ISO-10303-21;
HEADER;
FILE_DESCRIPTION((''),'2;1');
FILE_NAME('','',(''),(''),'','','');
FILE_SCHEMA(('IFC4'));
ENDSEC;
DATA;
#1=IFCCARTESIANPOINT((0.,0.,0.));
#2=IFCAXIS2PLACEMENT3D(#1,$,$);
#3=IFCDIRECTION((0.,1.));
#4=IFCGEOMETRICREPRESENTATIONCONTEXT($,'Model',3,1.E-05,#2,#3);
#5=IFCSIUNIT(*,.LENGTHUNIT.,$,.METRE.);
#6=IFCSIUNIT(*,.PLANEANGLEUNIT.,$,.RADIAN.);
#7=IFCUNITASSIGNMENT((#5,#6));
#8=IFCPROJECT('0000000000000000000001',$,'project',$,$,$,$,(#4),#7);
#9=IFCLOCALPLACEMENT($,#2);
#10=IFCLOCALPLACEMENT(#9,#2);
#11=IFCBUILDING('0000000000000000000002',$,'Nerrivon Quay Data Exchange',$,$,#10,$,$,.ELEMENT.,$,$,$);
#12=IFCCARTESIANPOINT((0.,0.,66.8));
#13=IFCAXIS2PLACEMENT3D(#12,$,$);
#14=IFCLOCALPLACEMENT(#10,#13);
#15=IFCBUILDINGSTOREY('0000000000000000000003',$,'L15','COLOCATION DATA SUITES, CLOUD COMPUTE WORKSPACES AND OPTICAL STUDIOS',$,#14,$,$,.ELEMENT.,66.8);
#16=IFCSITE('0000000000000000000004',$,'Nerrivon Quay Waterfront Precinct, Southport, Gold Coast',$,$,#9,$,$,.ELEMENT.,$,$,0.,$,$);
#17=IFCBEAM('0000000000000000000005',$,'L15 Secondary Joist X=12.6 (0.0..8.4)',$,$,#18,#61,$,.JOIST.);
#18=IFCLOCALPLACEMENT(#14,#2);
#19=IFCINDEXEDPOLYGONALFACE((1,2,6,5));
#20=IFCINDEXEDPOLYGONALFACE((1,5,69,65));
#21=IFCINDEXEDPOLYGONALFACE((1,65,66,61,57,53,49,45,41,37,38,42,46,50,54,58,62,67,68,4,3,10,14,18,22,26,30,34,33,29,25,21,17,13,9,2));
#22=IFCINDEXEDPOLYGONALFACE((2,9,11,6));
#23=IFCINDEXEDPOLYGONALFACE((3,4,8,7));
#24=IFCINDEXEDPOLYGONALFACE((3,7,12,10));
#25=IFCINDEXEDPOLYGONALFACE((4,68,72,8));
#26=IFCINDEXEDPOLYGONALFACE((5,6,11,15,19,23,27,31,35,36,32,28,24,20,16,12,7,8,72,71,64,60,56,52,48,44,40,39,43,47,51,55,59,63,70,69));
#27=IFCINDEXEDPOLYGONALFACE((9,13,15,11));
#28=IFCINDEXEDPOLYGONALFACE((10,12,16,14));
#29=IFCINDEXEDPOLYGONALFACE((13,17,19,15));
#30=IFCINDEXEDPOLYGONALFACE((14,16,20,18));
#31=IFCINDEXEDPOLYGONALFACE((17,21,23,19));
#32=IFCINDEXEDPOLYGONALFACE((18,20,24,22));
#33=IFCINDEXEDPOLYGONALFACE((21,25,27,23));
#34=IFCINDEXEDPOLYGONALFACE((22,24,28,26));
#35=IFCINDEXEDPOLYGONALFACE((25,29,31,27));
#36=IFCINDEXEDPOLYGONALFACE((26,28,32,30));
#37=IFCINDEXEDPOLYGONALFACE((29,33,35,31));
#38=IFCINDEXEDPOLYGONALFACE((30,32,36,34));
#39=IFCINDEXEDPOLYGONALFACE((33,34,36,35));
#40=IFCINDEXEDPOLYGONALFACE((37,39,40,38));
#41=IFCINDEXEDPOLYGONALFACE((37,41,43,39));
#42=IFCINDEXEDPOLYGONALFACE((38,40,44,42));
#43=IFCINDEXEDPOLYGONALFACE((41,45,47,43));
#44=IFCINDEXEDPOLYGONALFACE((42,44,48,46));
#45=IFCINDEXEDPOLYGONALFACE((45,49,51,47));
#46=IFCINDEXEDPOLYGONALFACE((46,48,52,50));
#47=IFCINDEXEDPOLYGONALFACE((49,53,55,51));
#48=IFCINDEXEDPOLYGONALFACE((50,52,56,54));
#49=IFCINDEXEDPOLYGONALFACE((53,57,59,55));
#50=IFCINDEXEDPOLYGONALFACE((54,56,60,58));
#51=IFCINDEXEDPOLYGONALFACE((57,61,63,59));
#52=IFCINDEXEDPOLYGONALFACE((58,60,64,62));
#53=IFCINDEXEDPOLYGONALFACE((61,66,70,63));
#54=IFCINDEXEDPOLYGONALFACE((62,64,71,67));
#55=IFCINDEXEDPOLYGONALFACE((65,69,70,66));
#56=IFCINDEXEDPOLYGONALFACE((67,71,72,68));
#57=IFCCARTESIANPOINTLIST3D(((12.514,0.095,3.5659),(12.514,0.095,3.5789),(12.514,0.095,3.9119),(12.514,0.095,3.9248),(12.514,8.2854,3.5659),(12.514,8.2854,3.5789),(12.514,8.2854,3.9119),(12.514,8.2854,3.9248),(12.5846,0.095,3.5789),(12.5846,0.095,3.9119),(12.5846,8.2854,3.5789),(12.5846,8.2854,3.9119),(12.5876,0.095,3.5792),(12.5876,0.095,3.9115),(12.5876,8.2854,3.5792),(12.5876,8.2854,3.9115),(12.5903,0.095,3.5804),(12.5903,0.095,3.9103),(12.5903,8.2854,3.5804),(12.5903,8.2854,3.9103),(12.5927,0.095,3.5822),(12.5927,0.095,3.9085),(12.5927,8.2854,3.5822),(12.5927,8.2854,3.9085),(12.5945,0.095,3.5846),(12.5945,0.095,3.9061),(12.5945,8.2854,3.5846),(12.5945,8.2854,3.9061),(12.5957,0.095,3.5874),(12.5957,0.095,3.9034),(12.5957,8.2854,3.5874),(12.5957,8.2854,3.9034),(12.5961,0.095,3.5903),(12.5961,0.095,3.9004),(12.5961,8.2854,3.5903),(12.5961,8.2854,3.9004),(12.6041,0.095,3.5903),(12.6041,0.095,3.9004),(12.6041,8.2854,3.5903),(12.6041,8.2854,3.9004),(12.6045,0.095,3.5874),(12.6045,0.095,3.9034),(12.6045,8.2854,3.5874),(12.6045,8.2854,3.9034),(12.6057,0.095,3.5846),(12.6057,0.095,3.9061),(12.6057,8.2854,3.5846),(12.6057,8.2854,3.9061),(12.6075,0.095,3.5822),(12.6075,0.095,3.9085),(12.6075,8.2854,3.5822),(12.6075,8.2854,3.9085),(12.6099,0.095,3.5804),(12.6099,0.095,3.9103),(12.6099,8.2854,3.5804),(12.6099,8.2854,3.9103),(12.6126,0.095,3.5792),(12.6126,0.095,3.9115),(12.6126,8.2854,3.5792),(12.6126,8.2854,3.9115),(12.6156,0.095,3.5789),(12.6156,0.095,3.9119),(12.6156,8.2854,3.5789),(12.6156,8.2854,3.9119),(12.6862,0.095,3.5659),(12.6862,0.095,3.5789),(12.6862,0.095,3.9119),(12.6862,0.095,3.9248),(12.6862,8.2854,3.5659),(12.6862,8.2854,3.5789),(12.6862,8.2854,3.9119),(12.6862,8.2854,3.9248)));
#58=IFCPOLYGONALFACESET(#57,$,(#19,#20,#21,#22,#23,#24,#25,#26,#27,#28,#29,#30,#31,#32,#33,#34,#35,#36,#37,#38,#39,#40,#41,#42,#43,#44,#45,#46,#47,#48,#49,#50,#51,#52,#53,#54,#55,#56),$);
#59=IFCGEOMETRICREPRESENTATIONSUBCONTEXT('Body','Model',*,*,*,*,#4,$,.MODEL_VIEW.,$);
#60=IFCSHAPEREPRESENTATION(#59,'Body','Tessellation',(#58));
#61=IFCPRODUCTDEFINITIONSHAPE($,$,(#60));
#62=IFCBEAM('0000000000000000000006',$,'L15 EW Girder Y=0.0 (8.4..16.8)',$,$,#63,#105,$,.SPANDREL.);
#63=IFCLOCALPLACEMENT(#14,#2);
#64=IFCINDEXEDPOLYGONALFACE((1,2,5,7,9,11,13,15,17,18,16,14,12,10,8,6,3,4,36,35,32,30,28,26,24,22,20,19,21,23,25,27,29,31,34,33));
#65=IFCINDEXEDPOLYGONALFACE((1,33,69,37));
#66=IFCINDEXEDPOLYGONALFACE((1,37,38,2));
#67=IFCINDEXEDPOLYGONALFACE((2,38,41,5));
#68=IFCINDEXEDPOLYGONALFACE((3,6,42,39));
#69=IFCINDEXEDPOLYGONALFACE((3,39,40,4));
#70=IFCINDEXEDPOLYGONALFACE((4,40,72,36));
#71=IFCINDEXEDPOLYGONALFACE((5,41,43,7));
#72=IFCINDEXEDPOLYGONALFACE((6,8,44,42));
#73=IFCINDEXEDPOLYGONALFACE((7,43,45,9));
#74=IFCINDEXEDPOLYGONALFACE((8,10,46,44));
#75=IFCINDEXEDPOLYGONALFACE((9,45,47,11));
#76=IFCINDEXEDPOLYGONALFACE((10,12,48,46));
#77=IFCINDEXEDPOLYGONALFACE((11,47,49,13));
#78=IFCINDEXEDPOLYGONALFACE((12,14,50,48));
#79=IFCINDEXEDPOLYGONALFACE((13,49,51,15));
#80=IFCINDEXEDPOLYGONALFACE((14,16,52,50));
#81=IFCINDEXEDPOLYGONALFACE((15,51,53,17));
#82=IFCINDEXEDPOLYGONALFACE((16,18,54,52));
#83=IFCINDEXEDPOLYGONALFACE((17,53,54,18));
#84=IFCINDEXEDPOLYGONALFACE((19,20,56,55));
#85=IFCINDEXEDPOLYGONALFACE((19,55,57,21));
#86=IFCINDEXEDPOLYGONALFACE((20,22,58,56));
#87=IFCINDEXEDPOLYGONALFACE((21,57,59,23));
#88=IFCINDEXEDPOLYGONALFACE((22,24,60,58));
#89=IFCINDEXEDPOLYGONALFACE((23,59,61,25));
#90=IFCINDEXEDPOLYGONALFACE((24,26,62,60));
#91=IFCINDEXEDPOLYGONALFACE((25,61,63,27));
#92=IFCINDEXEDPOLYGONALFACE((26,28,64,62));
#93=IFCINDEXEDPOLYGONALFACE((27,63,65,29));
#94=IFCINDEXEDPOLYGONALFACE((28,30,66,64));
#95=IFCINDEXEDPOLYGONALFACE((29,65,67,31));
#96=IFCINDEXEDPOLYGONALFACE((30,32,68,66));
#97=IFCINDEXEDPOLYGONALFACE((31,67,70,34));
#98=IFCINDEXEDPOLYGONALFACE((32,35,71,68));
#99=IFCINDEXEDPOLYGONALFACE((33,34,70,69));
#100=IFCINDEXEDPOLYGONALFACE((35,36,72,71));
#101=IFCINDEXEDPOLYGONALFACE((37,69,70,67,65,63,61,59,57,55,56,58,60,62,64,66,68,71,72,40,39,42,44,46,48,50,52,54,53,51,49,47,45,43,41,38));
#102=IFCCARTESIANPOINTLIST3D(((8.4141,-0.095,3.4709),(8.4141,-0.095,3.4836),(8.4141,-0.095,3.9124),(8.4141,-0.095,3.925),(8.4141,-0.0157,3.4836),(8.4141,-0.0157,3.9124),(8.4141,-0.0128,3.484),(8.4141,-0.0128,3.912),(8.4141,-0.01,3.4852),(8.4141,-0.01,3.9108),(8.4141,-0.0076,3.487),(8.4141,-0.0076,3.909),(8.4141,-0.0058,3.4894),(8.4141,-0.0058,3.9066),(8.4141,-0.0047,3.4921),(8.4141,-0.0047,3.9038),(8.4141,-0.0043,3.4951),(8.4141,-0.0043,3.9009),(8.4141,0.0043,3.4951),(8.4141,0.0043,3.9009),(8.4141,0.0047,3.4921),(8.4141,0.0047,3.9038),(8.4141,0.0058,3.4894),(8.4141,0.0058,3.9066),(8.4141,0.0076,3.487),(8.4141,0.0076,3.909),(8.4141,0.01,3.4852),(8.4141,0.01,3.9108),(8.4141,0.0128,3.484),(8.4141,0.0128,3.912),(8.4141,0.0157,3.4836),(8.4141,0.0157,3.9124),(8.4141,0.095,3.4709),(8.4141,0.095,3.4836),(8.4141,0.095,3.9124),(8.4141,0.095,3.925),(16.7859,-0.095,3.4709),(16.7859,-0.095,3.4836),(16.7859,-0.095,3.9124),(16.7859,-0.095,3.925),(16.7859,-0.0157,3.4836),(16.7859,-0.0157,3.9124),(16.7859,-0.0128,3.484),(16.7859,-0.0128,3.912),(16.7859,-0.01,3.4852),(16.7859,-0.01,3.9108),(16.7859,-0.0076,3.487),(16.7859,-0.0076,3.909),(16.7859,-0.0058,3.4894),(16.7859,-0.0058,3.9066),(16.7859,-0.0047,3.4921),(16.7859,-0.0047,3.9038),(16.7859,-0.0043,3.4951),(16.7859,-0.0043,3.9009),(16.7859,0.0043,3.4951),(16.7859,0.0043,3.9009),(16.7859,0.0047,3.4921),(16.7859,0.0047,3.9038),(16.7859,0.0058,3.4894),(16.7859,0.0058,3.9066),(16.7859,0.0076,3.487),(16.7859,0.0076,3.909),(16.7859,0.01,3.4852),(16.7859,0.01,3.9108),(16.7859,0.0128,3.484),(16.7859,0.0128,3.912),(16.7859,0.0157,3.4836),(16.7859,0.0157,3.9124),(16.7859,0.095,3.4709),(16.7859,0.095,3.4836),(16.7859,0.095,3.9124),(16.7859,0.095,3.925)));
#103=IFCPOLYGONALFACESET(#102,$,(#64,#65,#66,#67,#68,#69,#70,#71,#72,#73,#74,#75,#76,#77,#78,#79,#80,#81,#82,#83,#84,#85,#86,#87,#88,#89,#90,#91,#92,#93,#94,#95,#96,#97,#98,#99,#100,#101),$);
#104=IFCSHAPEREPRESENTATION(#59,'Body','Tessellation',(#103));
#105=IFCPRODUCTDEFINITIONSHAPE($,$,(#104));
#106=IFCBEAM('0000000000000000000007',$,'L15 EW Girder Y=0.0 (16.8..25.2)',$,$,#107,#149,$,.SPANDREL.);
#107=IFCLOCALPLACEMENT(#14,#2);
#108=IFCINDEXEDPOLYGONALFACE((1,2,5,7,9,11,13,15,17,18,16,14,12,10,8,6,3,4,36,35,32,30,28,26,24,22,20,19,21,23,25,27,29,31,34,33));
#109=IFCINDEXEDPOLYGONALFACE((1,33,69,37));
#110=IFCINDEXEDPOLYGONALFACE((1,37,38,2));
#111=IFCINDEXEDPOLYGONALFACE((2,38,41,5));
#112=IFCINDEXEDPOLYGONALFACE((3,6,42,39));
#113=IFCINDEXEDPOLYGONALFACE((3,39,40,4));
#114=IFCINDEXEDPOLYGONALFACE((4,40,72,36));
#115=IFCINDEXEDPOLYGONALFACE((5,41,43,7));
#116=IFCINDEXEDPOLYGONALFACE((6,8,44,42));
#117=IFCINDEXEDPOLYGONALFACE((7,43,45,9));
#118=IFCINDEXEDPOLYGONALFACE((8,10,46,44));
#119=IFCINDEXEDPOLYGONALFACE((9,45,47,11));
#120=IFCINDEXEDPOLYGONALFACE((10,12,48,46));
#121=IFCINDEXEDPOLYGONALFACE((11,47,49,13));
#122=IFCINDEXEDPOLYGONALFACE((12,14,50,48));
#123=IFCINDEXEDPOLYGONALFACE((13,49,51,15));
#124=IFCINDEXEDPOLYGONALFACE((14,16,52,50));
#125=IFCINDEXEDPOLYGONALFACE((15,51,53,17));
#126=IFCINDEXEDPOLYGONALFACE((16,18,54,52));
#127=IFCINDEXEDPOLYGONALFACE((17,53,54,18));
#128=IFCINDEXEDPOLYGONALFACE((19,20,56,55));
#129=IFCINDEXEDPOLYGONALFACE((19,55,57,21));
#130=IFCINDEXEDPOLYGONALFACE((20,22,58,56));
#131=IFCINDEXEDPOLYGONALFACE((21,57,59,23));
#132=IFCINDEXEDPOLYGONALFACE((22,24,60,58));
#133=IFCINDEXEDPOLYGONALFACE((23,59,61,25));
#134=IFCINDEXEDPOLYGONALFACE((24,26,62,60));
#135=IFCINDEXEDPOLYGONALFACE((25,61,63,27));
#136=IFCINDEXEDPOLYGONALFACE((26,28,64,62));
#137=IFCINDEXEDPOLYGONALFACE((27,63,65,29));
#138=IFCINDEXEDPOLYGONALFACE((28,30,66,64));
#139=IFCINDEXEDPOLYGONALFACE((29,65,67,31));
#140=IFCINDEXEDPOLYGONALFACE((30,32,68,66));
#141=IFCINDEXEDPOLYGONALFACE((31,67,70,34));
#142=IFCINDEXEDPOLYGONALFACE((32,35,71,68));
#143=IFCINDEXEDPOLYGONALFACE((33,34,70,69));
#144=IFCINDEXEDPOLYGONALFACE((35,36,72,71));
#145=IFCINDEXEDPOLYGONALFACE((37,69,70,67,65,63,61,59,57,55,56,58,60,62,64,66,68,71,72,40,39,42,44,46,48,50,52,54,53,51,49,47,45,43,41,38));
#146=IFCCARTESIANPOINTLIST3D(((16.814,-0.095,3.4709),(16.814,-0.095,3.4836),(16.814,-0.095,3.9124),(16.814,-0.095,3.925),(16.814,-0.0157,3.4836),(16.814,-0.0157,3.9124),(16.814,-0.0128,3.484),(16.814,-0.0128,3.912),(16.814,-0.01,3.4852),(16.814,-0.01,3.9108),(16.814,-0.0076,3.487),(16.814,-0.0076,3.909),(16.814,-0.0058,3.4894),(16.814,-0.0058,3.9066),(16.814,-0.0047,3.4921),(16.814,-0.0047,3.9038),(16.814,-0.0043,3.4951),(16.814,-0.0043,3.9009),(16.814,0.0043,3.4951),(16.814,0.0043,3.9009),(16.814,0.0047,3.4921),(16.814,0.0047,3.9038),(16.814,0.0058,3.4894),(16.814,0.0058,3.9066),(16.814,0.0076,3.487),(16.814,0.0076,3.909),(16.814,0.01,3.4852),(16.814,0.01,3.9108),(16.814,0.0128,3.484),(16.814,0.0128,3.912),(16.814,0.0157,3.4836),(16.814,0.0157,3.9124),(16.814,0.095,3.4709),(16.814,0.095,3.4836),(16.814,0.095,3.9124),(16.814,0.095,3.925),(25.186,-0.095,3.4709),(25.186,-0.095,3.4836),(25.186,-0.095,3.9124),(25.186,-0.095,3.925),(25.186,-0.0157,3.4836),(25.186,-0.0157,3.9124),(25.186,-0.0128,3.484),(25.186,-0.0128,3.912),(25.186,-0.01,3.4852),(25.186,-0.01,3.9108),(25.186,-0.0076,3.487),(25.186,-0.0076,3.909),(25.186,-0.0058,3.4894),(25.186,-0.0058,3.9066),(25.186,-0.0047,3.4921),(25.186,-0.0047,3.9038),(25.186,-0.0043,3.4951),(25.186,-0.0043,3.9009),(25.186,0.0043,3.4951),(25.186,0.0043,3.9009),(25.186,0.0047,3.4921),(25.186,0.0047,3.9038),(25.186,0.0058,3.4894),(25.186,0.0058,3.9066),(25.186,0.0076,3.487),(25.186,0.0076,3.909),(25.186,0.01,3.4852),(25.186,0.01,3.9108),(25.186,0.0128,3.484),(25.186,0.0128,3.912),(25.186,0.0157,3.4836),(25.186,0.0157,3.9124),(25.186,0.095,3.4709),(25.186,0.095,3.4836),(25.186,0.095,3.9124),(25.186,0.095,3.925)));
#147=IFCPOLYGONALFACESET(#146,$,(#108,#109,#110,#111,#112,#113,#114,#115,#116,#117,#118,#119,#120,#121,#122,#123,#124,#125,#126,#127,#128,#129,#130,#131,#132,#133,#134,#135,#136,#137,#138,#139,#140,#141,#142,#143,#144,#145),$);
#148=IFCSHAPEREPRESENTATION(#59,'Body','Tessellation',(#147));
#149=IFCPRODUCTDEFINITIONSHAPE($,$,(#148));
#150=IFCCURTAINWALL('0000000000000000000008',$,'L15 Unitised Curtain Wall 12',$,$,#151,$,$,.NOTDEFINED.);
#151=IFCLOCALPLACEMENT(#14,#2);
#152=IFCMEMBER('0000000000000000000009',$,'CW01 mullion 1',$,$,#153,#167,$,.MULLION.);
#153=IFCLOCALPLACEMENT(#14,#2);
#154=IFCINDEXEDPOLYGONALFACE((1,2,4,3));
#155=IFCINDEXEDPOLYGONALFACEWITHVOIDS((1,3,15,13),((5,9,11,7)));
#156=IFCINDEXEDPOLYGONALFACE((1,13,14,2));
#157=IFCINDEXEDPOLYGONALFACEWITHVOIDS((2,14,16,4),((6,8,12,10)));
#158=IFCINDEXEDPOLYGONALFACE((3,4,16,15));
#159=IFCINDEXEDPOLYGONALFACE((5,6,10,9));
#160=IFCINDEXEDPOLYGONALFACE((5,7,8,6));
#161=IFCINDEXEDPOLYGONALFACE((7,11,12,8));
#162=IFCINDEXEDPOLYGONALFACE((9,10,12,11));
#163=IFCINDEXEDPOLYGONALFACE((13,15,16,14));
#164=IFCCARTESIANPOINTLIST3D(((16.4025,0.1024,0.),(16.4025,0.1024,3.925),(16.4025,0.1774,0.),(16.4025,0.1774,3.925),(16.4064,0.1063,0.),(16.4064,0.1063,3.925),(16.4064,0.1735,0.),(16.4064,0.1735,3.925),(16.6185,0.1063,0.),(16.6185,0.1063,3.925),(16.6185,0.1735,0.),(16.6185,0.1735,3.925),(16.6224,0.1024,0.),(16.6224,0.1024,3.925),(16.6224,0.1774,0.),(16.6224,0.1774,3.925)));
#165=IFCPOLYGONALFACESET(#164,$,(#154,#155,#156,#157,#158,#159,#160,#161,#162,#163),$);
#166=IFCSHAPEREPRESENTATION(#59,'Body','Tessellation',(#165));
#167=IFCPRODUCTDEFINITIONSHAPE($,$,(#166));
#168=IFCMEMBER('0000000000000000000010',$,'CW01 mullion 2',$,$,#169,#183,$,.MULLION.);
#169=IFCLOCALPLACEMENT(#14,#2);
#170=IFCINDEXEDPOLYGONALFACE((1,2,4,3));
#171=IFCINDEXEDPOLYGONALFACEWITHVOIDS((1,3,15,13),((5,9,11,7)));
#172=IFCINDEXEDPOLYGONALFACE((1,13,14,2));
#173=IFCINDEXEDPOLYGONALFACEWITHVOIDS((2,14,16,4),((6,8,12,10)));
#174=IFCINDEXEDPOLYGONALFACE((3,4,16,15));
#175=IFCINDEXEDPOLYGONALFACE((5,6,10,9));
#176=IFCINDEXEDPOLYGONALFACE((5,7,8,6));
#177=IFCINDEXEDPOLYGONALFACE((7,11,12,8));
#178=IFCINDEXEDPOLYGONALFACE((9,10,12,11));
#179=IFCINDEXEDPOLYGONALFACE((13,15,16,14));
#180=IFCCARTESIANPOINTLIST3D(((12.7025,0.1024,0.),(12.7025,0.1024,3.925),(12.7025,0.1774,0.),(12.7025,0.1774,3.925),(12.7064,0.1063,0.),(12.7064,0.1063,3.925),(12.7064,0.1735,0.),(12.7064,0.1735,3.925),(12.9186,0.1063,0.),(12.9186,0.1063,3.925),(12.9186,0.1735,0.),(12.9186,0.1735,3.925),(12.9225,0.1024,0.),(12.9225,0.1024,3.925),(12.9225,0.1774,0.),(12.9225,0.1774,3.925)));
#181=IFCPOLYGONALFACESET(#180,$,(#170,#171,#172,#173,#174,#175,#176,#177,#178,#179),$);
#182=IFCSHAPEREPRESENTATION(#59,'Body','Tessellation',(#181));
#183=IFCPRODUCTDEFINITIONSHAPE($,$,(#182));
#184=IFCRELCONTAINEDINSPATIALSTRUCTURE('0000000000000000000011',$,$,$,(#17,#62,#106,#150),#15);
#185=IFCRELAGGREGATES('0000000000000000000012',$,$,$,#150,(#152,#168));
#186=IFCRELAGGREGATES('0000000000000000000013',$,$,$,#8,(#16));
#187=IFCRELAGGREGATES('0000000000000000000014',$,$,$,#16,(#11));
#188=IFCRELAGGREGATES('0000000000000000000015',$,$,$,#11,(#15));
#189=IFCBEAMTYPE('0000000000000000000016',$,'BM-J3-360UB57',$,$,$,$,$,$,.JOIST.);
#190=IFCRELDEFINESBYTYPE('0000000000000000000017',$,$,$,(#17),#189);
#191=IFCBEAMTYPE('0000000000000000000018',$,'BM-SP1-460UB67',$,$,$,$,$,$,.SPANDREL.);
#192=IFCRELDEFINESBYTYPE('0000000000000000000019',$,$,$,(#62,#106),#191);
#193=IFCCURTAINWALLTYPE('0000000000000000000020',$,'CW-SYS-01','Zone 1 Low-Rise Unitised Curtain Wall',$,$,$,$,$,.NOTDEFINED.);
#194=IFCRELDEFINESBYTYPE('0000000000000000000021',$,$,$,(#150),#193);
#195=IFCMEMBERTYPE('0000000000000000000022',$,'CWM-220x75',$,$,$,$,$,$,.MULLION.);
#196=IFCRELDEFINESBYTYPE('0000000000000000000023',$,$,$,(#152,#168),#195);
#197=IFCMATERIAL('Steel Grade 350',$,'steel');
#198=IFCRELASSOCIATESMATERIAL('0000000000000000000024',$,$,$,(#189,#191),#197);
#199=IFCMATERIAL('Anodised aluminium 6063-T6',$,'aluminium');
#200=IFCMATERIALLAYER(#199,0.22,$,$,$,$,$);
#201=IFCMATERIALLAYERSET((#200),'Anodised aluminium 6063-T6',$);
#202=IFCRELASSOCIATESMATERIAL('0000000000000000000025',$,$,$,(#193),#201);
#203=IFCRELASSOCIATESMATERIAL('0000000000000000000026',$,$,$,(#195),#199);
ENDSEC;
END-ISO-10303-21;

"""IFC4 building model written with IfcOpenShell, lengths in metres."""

from ifc_helpers import new_model, si_unit, direction, frame, origin, origin_2d, place, context, subcontext, project, spatial, hollow_rectangle, i_section, extrude, material, layer, layer_set, material_profile, profile_set, type_object, element, aggregate, save


model = new_model("IFC4")

# Units and contexts
model_context = context("Model", 3, precision=1e-05, world=origin(), true_north=direction((0.0, 1.0)))
body_context = subcontext(model_context, "Body", "Model", "MODEL_VIEW")
ifc_project = project(units=[si_unit("LENGTHUNIT", "METRE"), si_unit("PLANEANGLEUNIT", "RADIAN")], contexts=[model_context])

# Site, building, storey
site_placement = place(None, origin())
site = spatial("IfcSite", under=ifc_project, at=site_placement, Name="Nerrivon Quay Waterfront Precinct, Southport, Gold Coast", CompositionType="ELEMENT", RefElevation=0.0)
building_placement = place(site_placement, origin())
building = spatial("IfcBuilding", under=site, at=building_placement, Name="Nerrivon Quay Data Exchange", CompositionType="ELEMENT")
storey_placement = place(building_placement, frame((0.0, 0.0, 66.8)))
storey = spatial("IfcBuildingStorey", under=building, at=storey_placement, Name="L15", Description="COLOCATION DATA SUITES, CLOUD COMPUTE WORKSPACES AND OPTICAL STUDIOS", CompositionType="ELEMENT", Elevation=66.8)

# Shared definitions
ifc_material_1 = material(Name="Steel Grade 350", Category="steel")

# Beams
ifc_material_profile_1 = material_profile(ifc_material_1, i_section(OverallWidth=0.1721, OverallDepth=0.3589, WebThickness=0.0081, FlangeThickness=0.0129, FilletRadius=0.0115, at=origin_2d()), Name="360UB56.7")
ifc_profile_set_1 = profile_set([ifc_material_profile_1], Name="Steel Grade 350")
beam_type_1 = type_object("IfcBeamType", Name="BM-J3-360UB57", PredefinedType="JOIST", material=ifc_profile_set_1)
beam_1_placement = place(storey_placement, frame((12.6001, 0.095, 3.7454), z_axis=(0.0, 1.0, 0.0), x_axis=(-1.0, 0.0, 0.0)))
element("IfcBeam", 1, at=beam_1_placement, inside=storey, type_object=beam_type_1, Name="L15 Secondary Joist X=12.6 (0.0..8.4)", PredefinedType="JOIST", context=body_context, shape_type="SweptSolid", body=[
    extrude(i_section(OverallWidth=0.1721, OverallDepth=0.3589, WebThickness=0.0081, FlangeThickness=0.0129, FilletRadius=0.0115, at=origin_2d()), origin(), (0.0, 0.0, 1.0), 8.1904),
])
ifc_material_profile_2 = material_profile(ifc_material_1, i_section(OverallWidth=0.1899, OverallDepth=0.4541, WebThickness=0.0085, FlangeThickness=0.0127, FilletRadius=0.0115, at=origin_2d()), Name="460UB67.1")
ifc_profile_set_2 = profile_set([ifc_material_profile_2], Name="Steel Grade 350")
beam_type_2 = type_object("IfcBeamType", Name="BM-SP1-460UB67", PredefinedType="SPANDREL", material=ifc_profile_set_2)
beam_2_placement = place(storey_placement, frame((8.4141, 0.0, 3.698), z_axis=(1.0, 0.0, 0.0), x_axis=(0.0, 1.0, 0.0)))
element("IfcBeam", 2, at=beam_2_placement, inside=storey, type_object=beam_type_2, Name="L15 EW Girder Y=0.0 (8.4..16.8)", PredefinedType="SPANDREL", context=body_context, shape_type="SweptSolid", body=[
    extrude(i_section(OverallWidth=0.1899, OverallDepth=0.4541, WebThickness=0.0085, FlangeThickness=0.0127, FilletRadius=0.0115, at=origin_2d()), origin(), (0.0, 0.0, 1.0), 8.3718),
])
beam_3_placement = place(storey_placement, frame((16.814, 0.0, 3.698), z_axis=(1.0, 0.0, 0.0), x_axis=(0.0, 1.0, 0.0)))
element("IfcBeam", 3, at=beam_3_placement, inside=storey, type_object=beam_type_2, Name="L15 EW Girder Y=0.0 (16.8..25.2)", PredefinedType="SPANDREL", context=body_context, shape_type="SweptSolid", body=[
    extrude(i_section(OverallWidth=0.1899, OverallDepth=0.4541, WebThickness=0.0085, FlangeThickness=0.0127, FilletRadius=0.0115, at=origin_2d()), origin(), (0.0, 0.0, 1.0), 8.3721),
])

# Curtain wall, members
ifc_material_2 = material(Name="Anodised aluminium 6063-T6", Category="aluminium")
ifc_layer_1 = layer(ifc_material_2, 0.22)
ifc_layer_set_1 = layer_set([ifc_layer_1], Name="Anodised aluminium 6063-T6")
curtain_wall_type = type_object("IfcCurtainWallType", Name="CW-SYS-01", Description="Zone 1 Low-Rise Unitised Curtain Wall", PredefinedType="NOTDEFINED", material=ifc_layer_set_1)
curtain_wall_1_placement = place(storey_placement, origin())
curtain_wall_1 = element("IfcCurtainWall", 4, at=curtain_wall_1_placement, inside=storey, type_object=curtain_wall_type, Name="L15 Unitised Curtain Wall 12", PredefinedType="NOTDEFINED")
ifc_material_profile_3 = material_profile(ifc_material_2, hollow_rectangle(XDim=0.075, YDim=0.22, WallThickness=0.0039, at=origin_2d()), Name="ALU-MULL-220x75")
ifc_profile_set_3 = profile_set([ifc_material_profile_3], Name="Anodised aluminium 6063-T6")
member_type_1 = type_object("IfcMemberType", Name="CWM-220x75", PredefinedType="MULLION", material=ifc_profile_set_3)
member_1_placement = place(storey_placement, frame((16.5125, 0.1399, 0.0), z_axis=(0.0, 0.0, 1.0), x_axis=(0.0, -1.0, 0.0)))
member_1 = element("IfcMember", 5, at=member_1_placement, type_object=member_type_1, Name="CW01 mullion 1", PredefinedType="MULLION", context=body_context, shape_type="SweptSolid", body=[
    extrude(hollow_rectangle(XDim=0.075, YDim=0.22, WallThickness=0.0039, at=origin_2d()), origin(), (0.0, 0.0, 1.0), 3.925),
])
member_2_placement = place(storey_placement, frame((12.8125, 0.1399, 0.0), z_axis=(0.0, 0.0, 1.0), x_axis=(0.0, -1.0, 0.0)))
member_2 = element("IfcMember", 6, at=member_2_placement, type_object=member_type_1, Name="CW01 mullion 2", PredefinedType="MULLION", context=body_context, shape_type="SweptSolid", body=[
    extrude(hollow_rectangle(XDim=0.075, YDim=0.22, WallThickness=0.0039, at=origin_2d()), origin(), (0.0, 0.0, 1.0), 3.925),
])

aggregate(curtain_wall_1, [member_1, member_2])

save(model, "model.ifc")
